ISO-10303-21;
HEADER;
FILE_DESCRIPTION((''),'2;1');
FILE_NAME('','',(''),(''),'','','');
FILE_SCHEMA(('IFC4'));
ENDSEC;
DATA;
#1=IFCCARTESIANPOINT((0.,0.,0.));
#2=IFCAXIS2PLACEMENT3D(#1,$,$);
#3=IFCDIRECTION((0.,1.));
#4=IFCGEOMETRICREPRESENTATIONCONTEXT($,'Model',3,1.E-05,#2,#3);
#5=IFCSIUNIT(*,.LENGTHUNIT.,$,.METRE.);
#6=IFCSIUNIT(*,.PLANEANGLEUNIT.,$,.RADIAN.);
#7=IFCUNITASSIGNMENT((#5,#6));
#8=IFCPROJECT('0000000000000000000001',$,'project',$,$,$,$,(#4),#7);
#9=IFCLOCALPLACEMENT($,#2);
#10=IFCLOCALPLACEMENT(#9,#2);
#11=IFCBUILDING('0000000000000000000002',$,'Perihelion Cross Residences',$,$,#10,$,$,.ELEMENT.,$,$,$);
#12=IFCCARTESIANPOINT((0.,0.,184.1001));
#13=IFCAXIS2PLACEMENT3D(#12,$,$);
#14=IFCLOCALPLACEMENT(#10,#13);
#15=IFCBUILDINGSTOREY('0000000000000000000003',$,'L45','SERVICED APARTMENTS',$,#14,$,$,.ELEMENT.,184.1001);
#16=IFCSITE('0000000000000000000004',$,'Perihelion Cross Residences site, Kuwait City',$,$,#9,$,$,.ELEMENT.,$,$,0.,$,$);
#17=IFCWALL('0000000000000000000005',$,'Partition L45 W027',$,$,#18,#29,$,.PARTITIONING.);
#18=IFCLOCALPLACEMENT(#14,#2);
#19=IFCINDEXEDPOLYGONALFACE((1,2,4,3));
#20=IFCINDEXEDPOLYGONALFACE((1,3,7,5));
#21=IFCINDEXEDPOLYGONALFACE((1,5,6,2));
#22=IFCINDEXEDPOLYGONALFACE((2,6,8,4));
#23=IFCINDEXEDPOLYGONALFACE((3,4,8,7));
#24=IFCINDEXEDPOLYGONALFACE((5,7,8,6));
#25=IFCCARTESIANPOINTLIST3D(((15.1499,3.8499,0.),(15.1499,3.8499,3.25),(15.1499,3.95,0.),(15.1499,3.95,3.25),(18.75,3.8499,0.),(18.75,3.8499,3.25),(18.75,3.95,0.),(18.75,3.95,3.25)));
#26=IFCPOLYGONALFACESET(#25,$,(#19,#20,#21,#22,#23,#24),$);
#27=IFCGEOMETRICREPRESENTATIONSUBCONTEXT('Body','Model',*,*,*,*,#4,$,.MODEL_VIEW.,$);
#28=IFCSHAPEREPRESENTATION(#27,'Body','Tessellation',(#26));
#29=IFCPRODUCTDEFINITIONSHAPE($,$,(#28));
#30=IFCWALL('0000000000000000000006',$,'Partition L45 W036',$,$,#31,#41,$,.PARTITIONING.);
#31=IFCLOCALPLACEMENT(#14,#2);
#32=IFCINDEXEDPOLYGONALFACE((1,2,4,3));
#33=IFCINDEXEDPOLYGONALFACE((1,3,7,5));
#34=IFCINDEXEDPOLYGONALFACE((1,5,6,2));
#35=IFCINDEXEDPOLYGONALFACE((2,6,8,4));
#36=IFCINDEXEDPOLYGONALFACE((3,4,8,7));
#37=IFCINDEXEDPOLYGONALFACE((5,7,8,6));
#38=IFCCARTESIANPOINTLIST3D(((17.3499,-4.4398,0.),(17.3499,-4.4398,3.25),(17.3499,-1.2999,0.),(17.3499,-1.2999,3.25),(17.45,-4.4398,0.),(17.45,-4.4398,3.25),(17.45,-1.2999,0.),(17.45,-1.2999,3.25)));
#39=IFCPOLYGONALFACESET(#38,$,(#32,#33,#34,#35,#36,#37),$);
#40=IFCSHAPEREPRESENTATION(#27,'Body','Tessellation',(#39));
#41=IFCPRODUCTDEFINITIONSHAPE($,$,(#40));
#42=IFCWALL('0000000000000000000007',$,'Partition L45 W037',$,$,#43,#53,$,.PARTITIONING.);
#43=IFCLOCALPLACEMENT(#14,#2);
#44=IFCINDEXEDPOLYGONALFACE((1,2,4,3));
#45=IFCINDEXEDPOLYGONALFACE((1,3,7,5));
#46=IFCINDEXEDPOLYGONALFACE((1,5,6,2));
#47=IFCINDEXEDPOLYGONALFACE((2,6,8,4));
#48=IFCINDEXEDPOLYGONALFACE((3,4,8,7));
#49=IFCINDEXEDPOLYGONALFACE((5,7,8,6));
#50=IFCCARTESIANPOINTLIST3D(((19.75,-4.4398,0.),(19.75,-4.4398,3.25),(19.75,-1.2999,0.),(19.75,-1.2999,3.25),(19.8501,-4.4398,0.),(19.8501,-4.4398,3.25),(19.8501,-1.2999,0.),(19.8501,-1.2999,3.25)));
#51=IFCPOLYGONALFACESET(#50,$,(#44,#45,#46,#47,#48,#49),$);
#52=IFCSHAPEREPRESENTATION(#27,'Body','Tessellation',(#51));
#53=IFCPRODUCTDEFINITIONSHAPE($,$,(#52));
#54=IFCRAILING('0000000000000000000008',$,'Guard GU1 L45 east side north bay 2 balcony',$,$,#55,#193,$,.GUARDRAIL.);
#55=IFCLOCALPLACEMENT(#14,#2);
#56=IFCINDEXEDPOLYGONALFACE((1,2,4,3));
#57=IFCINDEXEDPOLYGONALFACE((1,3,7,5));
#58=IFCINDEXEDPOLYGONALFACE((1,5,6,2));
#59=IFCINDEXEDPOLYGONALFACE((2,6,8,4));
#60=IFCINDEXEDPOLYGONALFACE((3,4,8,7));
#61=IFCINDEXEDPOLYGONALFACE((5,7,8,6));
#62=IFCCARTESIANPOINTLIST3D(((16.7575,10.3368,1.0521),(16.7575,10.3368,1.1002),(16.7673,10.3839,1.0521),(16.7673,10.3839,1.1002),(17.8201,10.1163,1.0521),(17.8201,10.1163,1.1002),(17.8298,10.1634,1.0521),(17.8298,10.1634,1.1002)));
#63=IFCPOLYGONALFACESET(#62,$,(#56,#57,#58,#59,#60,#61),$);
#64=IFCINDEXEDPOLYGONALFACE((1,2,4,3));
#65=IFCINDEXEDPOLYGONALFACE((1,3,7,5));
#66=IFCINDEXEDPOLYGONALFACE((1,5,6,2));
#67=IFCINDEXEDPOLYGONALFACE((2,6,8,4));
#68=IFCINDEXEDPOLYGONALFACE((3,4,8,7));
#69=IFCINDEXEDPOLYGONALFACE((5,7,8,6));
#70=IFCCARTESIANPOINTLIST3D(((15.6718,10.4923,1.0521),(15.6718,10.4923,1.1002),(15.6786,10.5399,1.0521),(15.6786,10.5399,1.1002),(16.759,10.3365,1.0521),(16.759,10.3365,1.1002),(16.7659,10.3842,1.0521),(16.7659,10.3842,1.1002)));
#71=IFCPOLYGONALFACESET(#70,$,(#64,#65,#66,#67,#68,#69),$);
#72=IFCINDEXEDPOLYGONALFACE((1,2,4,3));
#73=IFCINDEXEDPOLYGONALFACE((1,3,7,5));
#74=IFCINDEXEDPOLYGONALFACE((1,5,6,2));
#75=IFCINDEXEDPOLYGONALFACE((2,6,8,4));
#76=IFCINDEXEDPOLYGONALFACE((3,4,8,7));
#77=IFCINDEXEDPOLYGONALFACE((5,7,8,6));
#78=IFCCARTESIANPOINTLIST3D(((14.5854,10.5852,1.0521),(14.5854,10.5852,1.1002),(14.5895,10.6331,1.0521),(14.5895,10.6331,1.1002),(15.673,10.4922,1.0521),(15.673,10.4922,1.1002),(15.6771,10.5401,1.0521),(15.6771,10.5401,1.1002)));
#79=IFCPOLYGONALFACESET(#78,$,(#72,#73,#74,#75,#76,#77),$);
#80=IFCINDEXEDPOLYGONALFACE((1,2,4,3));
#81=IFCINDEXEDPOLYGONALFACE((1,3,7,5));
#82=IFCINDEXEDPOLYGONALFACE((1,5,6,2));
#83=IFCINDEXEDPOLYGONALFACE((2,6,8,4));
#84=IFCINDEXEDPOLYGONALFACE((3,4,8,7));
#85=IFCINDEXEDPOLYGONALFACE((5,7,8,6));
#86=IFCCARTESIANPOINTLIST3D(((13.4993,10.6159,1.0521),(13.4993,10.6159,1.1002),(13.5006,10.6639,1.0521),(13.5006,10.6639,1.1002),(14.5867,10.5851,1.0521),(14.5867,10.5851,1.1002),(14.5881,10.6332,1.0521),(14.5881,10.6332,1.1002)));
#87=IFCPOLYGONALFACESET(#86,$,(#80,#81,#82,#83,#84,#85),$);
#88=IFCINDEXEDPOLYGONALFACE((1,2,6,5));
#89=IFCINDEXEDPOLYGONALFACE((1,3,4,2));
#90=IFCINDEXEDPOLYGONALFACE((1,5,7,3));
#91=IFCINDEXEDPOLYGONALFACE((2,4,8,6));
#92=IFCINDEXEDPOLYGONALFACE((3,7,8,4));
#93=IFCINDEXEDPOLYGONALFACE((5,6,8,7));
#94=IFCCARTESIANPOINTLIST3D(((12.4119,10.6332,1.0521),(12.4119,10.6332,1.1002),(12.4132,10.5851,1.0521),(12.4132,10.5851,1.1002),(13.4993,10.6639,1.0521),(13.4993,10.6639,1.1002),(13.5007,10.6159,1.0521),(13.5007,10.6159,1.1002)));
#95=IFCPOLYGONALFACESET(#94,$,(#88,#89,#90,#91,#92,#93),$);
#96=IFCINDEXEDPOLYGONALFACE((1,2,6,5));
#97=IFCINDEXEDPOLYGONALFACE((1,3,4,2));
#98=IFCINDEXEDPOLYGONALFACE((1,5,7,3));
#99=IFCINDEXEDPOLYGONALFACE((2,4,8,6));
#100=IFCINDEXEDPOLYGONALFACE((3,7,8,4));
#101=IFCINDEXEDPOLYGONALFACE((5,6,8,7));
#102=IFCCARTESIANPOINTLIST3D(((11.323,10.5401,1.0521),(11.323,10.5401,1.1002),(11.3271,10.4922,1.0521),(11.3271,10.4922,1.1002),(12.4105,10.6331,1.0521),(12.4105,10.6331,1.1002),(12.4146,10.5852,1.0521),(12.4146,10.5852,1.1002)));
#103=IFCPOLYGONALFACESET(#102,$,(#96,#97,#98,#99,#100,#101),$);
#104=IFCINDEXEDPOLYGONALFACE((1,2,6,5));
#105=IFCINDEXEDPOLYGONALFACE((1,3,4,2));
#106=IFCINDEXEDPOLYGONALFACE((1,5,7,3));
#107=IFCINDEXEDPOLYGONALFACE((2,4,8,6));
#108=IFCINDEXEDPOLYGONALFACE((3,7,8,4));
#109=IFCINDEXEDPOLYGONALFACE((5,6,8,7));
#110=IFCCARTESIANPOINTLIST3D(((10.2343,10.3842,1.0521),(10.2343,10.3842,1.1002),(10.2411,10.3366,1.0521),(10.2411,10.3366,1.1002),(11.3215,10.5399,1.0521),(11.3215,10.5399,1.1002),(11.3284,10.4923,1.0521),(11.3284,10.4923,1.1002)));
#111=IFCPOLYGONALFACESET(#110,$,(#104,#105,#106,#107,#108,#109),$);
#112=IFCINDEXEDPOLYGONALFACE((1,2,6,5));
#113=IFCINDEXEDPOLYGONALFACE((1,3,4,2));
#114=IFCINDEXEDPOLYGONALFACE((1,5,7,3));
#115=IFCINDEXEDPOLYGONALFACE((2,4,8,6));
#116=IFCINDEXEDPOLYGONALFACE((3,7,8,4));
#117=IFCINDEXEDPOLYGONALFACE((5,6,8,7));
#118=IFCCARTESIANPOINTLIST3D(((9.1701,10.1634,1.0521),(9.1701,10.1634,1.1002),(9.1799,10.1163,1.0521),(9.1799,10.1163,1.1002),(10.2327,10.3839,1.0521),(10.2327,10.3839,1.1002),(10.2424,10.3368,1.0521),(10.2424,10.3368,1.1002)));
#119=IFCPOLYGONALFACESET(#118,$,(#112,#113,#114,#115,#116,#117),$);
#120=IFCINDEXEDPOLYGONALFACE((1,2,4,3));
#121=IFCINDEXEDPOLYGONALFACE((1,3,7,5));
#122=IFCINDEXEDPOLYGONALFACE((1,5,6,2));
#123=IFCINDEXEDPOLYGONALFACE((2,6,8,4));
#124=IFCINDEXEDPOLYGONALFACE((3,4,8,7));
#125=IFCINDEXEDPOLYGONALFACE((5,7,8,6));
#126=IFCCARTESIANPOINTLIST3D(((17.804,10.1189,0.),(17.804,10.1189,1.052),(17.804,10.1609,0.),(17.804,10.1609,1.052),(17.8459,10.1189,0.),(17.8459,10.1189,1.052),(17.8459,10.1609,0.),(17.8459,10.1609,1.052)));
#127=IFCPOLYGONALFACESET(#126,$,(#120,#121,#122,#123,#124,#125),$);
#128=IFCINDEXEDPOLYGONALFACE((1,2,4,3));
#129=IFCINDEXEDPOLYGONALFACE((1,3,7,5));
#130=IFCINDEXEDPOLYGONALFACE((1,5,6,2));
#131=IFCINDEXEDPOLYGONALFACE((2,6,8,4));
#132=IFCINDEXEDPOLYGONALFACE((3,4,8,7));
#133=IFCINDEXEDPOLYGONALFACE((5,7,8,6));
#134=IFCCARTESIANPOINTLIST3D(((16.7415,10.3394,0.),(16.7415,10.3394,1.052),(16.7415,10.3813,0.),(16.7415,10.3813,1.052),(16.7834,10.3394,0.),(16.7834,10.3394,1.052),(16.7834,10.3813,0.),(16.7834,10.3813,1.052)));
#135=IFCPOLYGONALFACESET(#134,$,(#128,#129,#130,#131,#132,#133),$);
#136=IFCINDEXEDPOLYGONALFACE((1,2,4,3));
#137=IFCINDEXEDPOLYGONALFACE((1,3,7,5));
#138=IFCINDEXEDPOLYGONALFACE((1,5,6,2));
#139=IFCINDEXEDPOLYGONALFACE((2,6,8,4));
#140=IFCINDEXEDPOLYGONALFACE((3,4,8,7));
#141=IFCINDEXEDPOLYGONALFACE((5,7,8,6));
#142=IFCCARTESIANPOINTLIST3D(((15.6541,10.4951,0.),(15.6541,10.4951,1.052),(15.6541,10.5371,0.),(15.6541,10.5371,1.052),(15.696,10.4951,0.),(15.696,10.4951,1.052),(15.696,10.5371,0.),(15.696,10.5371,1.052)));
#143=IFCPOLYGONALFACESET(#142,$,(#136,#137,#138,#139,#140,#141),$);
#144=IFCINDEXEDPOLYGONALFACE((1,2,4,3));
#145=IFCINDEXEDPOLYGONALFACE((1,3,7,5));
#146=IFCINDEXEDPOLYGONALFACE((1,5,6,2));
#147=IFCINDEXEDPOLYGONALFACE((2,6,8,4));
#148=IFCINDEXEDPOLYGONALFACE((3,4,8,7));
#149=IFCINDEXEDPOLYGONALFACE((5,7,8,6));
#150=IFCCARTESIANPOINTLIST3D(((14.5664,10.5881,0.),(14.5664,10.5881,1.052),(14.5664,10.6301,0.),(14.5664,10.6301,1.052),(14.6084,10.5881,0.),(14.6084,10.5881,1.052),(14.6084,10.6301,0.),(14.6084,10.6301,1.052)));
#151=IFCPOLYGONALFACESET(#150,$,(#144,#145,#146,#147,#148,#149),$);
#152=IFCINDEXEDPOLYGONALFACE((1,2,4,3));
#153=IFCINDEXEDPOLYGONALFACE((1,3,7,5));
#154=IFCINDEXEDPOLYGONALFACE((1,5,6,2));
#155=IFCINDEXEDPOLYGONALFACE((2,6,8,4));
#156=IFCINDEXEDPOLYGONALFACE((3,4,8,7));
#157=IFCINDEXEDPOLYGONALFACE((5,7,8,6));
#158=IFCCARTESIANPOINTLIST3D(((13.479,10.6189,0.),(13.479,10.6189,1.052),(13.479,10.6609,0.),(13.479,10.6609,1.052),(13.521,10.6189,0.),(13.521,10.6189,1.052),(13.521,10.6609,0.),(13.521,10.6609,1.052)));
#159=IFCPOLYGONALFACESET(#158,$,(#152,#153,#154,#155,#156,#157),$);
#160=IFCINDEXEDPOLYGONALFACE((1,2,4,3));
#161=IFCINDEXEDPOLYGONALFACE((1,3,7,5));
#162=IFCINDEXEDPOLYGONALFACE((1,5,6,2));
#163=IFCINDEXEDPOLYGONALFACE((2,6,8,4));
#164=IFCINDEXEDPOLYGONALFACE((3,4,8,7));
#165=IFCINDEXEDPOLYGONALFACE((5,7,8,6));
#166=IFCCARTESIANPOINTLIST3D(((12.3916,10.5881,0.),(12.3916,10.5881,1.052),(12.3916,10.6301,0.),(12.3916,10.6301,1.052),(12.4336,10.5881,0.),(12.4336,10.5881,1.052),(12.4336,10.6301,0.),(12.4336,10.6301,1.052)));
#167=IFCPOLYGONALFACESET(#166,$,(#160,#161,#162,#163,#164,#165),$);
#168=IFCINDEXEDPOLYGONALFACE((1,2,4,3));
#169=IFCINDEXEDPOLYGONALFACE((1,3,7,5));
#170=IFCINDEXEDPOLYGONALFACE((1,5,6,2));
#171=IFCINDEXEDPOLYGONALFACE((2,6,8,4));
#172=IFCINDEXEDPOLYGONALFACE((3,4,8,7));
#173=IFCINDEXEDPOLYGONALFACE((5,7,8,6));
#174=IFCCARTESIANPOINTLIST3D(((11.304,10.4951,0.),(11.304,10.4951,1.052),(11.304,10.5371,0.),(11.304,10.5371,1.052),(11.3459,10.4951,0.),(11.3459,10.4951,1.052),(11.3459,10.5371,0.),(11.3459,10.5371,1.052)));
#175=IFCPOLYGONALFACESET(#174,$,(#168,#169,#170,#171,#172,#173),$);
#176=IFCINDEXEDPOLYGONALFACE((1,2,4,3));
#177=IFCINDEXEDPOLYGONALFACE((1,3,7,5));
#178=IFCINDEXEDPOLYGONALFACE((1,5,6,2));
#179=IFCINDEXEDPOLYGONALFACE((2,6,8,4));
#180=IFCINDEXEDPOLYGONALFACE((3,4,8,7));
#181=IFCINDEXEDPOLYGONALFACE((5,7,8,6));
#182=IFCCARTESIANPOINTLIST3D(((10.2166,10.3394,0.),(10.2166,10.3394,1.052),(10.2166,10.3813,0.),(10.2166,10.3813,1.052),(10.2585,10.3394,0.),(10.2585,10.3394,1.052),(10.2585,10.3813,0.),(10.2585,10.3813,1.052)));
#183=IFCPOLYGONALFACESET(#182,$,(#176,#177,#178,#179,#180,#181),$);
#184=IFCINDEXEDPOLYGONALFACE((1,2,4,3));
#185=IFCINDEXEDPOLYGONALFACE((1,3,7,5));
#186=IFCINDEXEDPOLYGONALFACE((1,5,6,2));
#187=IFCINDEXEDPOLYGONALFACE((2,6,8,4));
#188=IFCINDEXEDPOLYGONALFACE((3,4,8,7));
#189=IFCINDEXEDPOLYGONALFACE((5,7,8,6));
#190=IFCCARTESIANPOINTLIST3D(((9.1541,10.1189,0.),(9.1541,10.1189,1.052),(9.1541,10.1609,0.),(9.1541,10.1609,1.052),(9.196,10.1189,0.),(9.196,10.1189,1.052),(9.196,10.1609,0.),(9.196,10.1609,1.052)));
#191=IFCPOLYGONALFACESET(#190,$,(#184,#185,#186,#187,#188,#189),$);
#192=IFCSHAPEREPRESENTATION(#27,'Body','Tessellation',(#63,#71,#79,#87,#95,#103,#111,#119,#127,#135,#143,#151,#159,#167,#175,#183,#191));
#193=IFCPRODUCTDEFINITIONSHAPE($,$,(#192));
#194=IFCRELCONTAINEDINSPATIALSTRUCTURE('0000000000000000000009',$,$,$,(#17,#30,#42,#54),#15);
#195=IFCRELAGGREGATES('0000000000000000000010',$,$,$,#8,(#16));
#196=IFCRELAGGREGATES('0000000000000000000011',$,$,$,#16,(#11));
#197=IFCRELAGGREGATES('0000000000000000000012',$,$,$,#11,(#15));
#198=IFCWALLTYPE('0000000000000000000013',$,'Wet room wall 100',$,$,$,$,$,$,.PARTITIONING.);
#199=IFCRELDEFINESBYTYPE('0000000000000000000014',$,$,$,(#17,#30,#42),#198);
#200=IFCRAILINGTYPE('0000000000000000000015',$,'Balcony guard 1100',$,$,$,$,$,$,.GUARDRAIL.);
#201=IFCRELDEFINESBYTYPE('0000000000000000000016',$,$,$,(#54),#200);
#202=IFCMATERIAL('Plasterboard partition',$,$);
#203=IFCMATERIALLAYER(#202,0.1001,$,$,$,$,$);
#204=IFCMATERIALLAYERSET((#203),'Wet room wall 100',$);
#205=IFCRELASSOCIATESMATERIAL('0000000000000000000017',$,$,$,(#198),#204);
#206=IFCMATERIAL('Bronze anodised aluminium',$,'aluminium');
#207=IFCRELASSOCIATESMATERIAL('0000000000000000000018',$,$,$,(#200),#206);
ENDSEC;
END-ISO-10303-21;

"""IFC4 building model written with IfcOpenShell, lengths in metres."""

from ifc_helpers import new_model, si_unit, direction, frame, frame_2d, origin, origin_2d, place, context, subcontext, project, spatial, rectangle, extrude, material, layer, layer_set, type_object, element, save


model = new_model("IFC4")

# Units and contexts
model_context = context("Model", 3, precision=1e-05, world=origin(), true_north=direction((0.0, 1.0)))
body_context = subcontext(model_context, "Body", "Model", "MODEL_VIEW")
ifc_project = project(units=[si_unit("LENGTHUNIT", "METRE"), si_unit("PLANEANGLEUNIT", "RADIAN")], contexts=[model_context])

# Site, building, storey
site_placement = place(None, origin())
site = spatial("IfcSite", under=ifc_project, at=site_placement, Name="Perihelion Cross Residences site, Kuwait City", CompositionType="ELEMENT", RefElevation=0.0)
building_placement = place(site_placement, origin())
building = spatial("IfcBuilding", under=site, at=building_placement, Name="Perihelion Cross Residences", CompositionType="ELEMENT")
storey_placement = place(building_placement, frame((0.0, 0.0, 184.1001)))
storey = spatial("IfcBuildingStorey", under=building, at=storey_placement, Name="L45", Description="SERVICED APARTMENTS", CompositionType="ELEMENT", Elevation=184.1001)

# Shared definitions
ifc_material_1 = material(Name="Plasterboard partition")
ifc_layer_1 = layer(ifc_material_1, 0.1001)
ifc_layer_set_1 = layer_set([ifc_layer_1], Name="Wet room wall 100")
wall_type_1 = type_object("IfcWallType", Name="Wet room wall 100", PredefinedType="PARTITIONING", material=ifc_layer_set_1)

# Walls
wall_1_placement = place(storey_placement, frame((15.1499, 3.8999, 0.0), z_axis=(0.0, 0.0, 1.0), x_axis=(1.0, 0.0, 0.0)))
element("IfcWall", 1, at=wall_1_placement, inside=storey, type_object=wall_type_1, Name="Partition L45 W027", PredefinedType="PARTITIONING", context=body_context, shape_type="SweptSolid", body=[
    extrude(rectangle(XDim=3.6001, YDim=0.1001, at=frame_2d((1.8, 0.0))), origin(), (0.0, 0.0, 1.0), 3.25),
])
for number, where, z_axis, x_axis, name in (
    (2, (17.3999, -1.3, 0.0), (0.0, 0.0, 1.0), (0.0, -1.0, 0.0), "Partition L45 W036"),
    (3, (19.8, -1.3, 0.0), (0.0, 0.0, 1.0), (0.0, -1.0, 0.0), "Partition L45 W037"),
):
    element("IfcWall", number, at=place(storey_placement, frame(where, z_axis=z_axis, x_axis=x_axis)), inside=storey, type_object=wall_type_1, Name=name, PredefinedType="PARTITIONING", context=body_context, shape_type="SweptSolid", body=[
        extrude(rectangle(XDim=3.1399, YDim=0.1001, at=frame_2d((1.5698, 0.0))), origin(), (0.0, 0.0, 1.0), 3.25),
    ])

# Railing
ifc_material_2 = material(Name="Bronze anodised aluminium", Category="aluminium")
railing_type = type_object("IfcRailingType", Name="Balcony guard 1100", PredefinedType="GUARDRAIL", material=ifc_material_2)
railing_placement = place(storey_placement, frame((17.825, 10.1399, 0.0)))
element("IfcRailing", 4, at=railing_placement, inside=storey, type_object=railing_type, Name="Guard GU1 L45 east side north bay 2 balcony", PredefinedType="GUARDRAIL", context=body_context, shape_type="SweptSolid", body=[
    extrude(rectangle(XDim=0.0481, YDim=0.0481, at=origin_2d()), frame((0.0, 0.0, 1.0762), z_axis=(-0.979145, 0.203164, 0.0), x_axis=(-0.203164, -0.979145, 0.0)), (0.0, 0.0, 1.0), 1.0852),
    extrude(rectangle(XDim=0.0481, YDim=0.0481, at=origin_2d()), frame((-1.0625, 0.2205, 1.0762), z_axis=(-0.989896, 0.141795, 0.0), x_axis=(-0.141795, -0.989896, 0.0)), (0.0, 0.0, 1.0), 1.0984),
    extrude(rectangle(XDim=0.0481, YDim=0.0481, at=origin_2d()), frame((-2.1499, 0.3762, 1.0762), z_axis=(-0.996363, 0.085211, 0.0), x_axis=(-0.085211, -0.996363, 0.0)), (0.0, 0.0, 1.0), 1.0916),
    extrude(rectangle(XDim=0.0481, YDim=0.0481, at=origin_2d()), frame((-3.2375, 0.4692, 1.0762), z_axis=(-0.9996, 0.028278, 0.0), x_axis=(-0.028278, -0.9996, 0.0)), (0.0, 0.0, 1.0), 1.0879),
    extrude(rectangle(XDim=0.0481, YDim=0.0481, at=origin_2d()), frame((-4.325, 0.5, 1.0762), z_axis=(-0.9996, -0.028278, 0.0), x_axis=(0.028278, -0.9996, 0.0)), (0.0, 0.0, 1.0), 1.0879),
    extrude(rectangle(XDim=0.0481, YDim=0.0481, at=origin_2d()), frame((-5.4124, 0.4692, 1.0762), z_axis=(-0.996363, -0.085211, 0.0), x_axis=(0.085211, -0.996363, 0.0)), (0.0, 0.0, 1.0), 1.0916),
    extrude(rectangle(XDim=0.0481, YDim=0.0481, at=origin_2d()), frame((-6.5, 0.3762, 1.0762), z_axis=(-0.989896, -0.141795, 0.0), x_axis=(0.141795, -0.989896, 0.0)), (0.0, 0.0, 1.0), 1.0984),
    extrude(rectangle(XDim=0.0481, YDim=0.0481, at=origin_2d()), frame((-7.5874, 0.2205, 1.0762), z_axis=(-0.979145, -0.203164, 0.0), x_axis=(0.203164, -0.979145, 0.0)), (0.0, 0.0, 1.0), 1.0852),
    extrude(rectangle(XDim=0.042, YDim=0.042, at=origin_2d()), origin(), (0.0, 0.0, 1.0), 1.052),
    extrude(rectangle(XDim=0.042, YDim=0.042, at=origin_2d()), frame((-1.0625, 0.2205, 0.0)), (0.0, 0.0, 1.0), 1.052),
    extrude(rectangle(XDim=0.042, YDim=0.042, at=origin_2d()), frame((-2.1499, 0.3762, 0.0)), (0.0, 0.0, 1.0), 1.052),
    extrude(rectangle(XDim=0.042, YDim=0.042, at=origin_2d()), frame((-3.2375, 0.4692, 0.0)), (0.0, 0.0, 1.0), 1.052),
    extrude(rectangle(XDim=0.042, YDim=0.042, at=origin_2d()), frame((-4.325, 0.5, 0.0)), (0.0, 0.0, 1.0), 1.052),
    extrude(rectangle(XDim=0.042, YDim=0.042, at=origin_2d()), frame((-5.4124, 0.4692, 0.0)), (0.0, 0.0, 1.0), 1.052),
    extrude(rectangle(XDim=0.042, YDim=0.042, at=origin_2d()), frame((-6.5, 0.3762, 0.0)), (0.0, 0.0, 1.0), 1.052),
    extrude(rectangle(XDim=0.042, YDim=0.042, at=origin_2d()), frame((-7.5874, 0.2205, 0.0)), (0.0, 0.0, 1.0), 1.052),
    extrude(rectangle(XDim=0.042, YDim=0.042, at=origin_2d()), frame((-8.6499, 0.0, 0.0)), (0.0, 0.0, 1.0), 1.052),
])

save(model, "model.ifc")
